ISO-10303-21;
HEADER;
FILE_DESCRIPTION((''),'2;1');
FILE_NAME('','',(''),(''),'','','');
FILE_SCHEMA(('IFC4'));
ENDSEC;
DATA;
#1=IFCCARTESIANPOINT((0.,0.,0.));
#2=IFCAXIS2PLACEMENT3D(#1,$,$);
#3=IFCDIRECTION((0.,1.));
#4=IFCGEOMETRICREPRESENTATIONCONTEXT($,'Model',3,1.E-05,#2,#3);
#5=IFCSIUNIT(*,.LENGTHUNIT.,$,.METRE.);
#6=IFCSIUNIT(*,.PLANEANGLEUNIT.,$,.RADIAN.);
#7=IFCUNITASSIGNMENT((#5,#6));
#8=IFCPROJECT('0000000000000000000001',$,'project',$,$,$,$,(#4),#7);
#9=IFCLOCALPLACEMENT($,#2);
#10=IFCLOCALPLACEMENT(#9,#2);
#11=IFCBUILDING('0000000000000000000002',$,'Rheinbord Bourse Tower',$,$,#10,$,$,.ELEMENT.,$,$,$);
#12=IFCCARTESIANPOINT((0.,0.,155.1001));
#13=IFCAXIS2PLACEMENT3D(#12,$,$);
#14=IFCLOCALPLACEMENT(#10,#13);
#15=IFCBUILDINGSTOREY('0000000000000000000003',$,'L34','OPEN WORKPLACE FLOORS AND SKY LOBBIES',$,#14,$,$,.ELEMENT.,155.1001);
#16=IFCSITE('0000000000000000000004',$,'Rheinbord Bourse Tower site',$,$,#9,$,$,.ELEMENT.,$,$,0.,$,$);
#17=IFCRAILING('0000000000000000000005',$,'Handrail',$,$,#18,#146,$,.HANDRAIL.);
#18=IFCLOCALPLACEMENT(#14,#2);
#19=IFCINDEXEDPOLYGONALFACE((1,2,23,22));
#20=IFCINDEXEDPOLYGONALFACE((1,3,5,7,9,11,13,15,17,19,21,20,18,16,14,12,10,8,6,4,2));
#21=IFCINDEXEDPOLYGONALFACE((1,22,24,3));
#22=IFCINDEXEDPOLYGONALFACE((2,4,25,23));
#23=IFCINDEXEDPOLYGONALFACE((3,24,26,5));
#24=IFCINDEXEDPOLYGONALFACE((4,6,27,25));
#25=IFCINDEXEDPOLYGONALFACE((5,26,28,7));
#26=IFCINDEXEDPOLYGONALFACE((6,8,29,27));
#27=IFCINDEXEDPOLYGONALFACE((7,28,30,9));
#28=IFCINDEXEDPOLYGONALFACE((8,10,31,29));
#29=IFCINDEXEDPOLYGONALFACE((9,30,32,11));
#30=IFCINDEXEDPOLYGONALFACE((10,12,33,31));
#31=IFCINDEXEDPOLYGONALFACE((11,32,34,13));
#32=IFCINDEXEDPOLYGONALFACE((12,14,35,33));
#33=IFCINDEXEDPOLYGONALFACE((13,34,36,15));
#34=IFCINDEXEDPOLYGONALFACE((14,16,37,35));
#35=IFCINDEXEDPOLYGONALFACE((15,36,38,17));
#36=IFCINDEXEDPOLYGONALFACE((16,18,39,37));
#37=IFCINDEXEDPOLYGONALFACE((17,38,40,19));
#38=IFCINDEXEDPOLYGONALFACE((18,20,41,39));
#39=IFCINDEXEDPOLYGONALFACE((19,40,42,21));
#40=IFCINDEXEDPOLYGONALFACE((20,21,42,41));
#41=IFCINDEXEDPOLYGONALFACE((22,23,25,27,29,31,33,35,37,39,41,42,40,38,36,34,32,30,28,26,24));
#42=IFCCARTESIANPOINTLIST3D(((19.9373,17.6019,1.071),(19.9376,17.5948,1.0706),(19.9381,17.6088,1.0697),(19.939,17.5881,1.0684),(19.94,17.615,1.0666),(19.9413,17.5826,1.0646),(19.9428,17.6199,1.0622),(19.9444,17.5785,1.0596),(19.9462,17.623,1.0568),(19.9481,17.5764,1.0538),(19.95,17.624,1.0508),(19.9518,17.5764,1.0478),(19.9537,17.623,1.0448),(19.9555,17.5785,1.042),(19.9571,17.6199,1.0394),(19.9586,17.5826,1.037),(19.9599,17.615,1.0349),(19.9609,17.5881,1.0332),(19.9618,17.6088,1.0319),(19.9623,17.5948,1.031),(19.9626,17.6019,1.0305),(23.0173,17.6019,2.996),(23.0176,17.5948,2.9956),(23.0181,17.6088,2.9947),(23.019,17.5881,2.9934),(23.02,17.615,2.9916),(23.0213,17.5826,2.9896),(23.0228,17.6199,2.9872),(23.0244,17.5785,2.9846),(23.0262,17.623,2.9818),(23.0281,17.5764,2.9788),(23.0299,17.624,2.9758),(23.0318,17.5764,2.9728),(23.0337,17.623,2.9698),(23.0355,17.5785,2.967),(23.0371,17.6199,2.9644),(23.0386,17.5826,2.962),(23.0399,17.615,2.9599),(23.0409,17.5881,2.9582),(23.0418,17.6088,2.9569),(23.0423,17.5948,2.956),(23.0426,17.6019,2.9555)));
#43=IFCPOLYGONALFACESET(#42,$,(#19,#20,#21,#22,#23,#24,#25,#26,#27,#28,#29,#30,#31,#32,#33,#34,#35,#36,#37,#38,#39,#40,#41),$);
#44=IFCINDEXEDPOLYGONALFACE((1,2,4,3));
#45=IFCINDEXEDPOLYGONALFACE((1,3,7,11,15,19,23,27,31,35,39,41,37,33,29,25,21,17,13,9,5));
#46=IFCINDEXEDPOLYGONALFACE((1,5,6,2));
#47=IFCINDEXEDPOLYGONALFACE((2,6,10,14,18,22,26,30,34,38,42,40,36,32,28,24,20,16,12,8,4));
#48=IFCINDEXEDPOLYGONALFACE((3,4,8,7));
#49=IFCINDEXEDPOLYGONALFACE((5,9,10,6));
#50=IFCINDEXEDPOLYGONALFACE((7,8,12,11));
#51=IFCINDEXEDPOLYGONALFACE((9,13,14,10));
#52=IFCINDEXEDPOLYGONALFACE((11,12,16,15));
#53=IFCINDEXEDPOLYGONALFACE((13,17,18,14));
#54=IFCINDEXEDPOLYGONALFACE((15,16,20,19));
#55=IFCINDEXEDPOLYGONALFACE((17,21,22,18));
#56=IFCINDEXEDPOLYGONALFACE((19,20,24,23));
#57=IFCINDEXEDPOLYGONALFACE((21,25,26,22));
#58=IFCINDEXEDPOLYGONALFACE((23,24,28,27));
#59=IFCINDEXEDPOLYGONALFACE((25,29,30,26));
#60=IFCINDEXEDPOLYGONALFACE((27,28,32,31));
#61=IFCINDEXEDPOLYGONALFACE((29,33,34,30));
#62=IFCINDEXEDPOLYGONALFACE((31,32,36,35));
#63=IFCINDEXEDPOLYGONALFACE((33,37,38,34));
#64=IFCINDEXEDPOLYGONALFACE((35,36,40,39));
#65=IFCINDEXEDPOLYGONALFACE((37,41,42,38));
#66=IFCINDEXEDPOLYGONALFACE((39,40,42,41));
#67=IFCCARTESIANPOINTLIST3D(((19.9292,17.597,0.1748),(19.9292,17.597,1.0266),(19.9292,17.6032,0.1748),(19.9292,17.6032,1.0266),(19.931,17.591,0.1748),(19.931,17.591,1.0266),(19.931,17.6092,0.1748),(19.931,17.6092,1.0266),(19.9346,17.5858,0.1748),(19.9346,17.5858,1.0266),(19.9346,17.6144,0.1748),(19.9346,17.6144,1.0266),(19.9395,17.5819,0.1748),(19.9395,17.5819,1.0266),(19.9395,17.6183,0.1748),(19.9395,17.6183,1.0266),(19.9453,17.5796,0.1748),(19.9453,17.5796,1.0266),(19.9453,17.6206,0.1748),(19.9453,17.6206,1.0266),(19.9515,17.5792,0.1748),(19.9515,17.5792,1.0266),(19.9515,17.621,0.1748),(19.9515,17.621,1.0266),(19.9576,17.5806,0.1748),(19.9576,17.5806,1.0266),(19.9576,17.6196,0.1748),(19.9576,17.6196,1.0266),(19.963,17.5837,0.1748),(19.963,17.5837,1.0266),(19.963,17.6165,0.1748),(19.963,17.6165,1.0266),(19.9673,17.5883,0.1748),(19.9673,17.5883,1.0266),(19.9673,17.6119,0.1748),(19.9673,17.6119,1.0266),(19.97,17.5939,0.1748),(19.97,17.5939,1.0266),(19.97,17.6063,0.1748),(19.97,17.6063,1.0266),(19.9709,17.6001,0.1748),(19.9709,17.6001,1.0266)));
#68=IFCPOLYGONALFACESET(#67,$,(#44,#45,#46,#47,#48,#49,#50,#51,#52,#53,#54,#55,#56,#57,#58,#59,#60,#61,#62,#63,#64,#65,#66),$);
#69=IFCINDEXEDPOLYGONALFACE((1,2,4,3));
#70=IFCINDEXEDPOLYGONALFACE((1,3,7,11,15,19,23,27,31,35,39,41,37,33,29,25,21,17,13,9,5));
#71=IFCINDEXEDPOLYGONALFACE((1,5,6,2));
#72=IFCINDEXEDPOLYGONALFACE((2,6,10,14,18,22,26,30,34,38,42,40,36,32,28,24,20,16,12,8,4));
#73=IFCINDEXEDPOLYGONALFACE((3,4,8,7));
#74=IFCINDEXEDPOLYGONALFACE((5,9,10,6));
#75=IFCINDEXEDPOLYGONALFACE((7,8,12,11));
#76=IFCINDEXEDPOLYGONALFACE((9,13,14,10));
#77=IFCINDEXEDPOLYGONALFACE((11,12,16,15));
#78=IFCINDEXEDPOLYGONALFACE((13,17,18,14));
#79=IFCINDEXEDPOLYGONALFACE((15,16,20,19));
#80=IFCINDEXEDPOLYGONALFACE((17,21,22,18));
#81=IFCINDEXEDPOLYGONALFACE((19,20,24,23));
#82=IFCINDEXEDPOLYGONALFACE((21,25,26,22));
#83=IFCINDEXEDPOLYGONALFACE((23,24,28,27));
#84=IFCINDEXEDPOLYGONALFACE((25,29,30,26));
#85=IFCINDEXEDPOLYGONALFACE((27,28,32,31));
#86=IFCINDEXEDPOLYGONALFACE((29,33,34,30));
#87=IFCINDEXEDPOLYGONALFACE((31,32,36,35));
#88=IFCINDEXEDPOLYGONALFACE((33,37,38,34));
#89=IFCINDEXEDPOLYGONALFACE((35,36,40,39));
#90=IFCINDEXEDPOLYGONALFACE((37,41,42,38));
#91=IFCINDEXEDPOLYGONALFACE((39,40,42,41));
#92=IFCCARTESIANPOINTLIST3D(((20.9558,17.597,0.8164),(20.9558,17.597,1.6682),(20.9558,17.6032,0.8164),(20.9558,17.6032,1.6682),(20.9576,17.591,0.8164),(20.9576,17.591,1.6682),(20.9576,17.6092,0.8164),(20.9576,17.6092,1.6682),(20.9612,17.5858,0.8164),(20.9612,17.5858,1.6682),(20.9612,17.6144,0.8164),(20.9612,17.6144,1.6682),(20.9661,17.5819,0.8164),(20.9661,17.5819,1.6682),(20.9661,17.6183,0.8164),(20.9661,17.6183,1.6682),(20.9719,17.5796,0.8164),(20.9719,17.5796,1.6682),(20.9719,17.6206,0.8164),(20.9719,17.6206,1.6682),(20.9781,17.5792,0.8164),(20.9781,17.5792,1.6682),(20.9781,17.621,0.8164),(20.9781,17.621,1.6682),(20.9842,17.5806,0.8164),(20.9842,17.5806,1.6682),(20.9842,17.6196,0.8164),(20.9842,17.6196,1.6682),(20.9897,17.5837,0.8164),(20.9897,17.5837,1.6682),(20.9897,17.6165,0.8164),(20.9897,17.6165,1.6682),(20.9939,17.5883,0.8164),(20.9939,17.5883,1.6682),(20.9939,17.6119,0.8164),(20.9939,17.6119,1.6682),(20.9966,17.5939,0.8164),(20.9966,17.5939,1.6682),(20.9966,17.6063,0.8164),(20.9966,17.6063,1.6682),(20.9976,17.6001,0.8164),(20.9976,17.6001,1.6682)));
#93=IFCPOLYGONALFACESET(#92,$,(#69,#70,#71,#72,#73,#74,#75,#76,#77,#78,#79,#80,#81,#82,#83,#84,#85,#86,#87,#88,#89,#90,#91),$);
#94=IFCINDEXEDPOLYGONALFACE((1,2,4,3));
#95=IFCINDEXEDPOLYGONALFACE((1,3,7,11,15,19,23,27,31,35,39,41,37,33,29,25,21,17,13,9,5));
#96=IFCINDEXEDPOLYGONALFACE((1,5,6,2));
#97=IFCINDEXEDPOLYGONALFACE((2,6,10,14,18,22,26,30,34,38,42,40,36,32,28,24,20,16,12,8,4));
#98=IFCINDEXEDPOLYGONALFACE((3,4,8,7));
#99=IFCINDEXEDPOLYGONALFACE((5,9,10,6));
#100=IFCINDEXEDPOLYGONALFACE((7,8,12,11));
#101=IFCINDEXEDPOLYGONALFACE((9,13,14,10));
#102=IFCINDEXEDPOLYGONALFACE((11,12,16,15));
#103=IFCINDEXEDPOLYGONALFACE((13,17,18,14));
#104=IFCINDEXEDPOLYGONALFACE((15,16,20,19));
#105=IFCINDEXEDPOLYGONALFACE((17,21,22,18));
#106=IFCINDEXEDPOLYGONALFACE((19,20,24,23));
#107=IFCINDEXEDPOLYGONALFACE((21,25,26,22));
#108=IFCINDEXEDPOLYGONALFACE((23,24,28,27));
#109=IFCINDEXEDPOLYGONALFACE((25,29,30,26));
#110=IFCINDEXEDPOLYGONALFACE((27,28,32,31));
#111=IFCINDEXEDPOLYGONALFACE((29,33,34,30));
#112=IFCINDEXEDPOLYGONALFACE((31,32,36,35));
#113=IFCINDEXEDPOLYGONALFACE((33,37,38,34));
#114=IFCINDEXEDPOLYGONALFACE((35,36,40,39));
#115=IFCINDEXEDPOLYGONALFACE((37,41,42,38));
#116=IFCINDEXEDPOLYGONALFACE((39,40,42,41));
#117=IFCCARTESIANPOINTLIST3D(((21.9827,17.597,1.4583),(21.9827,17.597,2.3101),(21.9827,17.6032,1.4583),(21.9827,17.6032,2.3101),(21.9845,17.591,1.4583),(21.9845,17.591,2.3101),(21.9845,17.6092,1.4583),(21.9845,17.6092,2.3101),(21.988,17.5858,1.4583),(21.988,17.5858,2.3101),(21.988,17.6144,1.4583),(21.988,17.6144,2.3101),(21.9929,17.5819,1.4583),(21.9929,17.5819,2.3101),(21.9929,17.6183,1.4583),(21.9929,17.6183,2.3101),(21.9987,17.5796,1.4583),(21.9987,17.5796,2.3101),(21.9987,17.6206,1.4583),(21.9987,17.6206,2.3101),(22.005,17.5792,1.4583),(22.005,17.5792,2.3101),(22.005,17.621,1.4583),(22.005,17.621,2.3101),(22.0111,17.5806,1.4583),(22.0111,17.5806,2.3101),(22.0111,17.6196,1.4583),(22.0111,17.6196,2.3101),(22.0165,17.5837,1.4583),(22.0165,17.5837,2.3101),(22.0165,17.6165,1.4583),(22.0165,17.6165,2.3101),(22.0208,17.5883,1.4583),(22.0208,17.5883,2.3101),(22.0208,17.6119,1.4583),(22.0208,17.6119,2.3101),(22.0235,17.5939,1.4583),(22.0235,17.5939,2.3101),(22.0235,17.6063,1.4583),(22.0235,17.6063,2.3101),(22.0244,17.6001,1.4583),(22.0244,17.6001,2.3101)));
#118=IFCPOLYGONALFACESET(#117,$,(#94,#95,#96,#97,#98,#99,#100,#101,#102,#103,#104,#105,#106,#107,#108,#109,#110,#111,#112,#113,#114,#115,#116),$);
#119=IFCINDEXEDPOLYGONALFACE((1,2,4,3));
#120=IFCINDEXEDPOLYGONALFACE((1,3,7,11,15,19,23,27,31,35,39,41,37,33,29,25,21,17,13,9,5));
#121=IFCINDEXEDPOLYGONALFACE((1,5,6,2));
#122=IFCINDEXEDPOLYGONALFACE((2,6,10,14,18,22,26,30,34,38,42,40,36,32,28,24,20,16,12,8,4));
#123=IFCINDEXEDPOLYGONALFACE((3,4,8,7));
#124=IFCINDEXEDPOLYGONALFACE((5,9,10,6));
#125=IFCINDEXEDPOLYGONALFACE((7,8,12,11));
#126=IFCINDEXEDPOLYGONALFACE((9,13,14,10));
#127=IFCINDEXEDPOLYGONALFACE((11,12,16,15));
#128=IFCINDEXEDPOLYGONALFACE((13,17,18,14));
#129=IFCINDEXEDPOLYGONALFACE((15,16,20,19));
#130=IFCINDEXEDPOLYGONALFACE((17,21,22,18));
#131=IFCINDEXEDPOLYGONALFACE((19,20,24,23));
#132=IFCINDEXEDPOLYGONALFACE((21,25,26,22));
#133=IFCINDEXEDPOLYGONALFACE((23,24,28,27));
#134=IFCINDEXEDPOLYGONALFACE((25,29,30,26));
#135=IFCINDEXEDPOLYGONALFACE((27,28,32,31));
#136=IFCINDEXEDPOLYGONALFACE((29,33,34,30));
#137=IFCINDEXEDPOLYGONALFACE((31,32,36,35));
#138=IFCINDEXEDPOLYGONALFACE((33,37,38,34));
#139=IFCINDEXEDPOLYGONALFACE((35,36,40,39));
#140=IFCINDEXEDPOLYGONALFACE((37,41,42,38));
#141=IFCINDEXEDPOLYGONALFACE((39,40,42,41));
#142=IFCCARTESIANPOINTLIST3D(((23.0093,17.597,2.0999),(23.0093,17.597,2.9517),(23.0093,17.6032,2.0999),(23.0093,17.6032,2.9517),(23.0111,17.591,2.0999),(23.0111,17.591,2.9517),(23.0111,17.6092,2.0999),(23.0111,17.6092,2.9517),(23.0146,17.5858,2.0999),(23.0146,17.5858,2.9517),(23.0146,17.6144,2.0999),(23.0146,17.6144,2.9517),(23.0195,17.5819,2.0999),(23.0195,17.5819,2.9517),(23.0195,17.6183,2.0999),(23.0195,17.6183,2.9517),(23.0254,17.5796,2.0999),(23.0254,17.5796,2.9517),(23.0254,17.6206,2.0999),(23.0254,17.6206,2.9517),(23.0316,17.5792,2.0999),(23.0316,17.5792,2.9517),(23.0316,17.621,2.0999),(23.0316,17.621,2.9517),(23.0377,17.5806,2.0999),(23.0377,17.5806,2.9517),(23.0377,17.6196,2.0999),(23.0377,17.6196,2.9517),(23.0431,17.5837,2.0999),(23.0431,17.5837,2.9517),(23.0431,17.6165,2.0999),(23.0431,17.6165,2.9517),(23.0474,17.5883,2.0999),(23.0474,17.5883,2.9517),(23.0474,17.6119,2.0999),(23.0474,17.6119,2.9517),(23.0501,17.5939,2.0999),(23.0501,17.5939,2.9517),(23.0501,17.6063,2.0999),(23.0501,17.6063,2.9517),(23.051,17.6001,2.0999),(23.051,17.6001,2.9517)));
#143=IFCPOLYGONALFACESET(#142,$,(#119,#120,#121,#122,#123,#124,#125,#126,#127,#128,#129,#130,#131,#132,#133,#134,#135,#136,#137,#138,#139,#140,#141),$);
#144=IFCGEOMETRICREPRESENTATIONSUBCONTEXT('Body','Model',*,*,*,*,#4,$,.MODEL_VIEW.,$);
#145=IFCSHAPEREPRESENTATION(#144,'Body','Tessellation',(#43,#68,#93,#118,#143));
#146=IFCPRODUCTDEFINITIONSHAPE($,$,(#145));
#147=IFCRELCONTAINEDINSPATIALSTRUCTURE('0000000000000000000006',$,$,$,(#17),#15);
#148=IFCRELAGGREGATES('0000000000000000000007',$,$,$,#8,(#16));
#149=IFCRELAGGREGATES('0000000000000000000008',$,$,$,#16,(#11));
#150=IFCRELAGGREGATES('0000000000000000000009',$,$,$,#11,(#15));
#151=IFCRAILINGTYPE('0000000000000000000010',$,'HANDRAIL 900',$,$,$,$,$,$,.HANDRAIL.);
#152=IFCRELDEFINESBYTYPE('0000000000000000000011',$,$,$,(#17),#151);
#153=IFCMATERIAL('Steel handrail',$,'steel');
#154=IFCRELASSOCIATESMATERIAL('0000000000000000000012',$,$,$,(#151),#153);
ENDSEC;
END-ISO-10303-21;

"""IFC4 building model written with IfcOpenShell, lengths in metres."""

from ifc_helpers import new_model, si_unit, direction, frame, origin, origin_2d, place, context, subcontext, project, spatial, circle, extrude, material, type_object, element, save


model = new_model("IFC4")

# Units and contexts
model_context = context("Model", 3, precision=1e-05, world=origin(), true_north=direction((0.0, 1.0)))
body_context = subcontext(model_context, "Body", "Model", "MODEL_VIEW")
ifc_project = project(units=[si_unit("LENGTHUNIT", "METRE"), si_unit("PLANEANGLEUNIT", "RADIAN")], contexts=[model_context])

# Site, building, storey
site_placement = place(None, origin())
site = spatial("IfcSite", under=ifc_project, at=site_placement, Name="Rheinbord Bourse Tower site", CompositionType="ELEMENT", RefElevation=0.0)
building_placement = place(site_placement, origin())
building = spatial("IfcBuilding", under=site, at=building_placement, Name="Rheinbord Bourse Tower", CompositionType="ELEMENT")
storey_placement = place(building_placement, frame((0.0, 0.0, 155.1001)))
storey = spatial("IfcBuildingStorey", under=building, at=storey_placement, Name="L34", Description="OPEN WORKPLACE FLOORS AND SKY LOBBIES", CompositionType="ELEMENT", Elevation=155.1001)

# Railing
ifc_material_1 = material(Name="Steel handrail", Category="steel")
railing_type = type_object("IfcRailingType", Name="HANDRAIL 900", PredefinedType="HANDRAIL", material=ifc_material_1)
railing_1_placement = place(storey_placement, frame((19.95, 17.6001, 0.1748)))
element("IfcRailing", 1, at=railing_1_placement, inside=storey, type_object=railing_type, Name="Handrail", PredefinedType="HANDRAIL", context=body_context, shape_type="SweptSolid", body=[
    extrude(circle(Radius=0.0239, at=origin_2d()), frame((0.0, 0.0, 0.876), z_axis=(0.847998, 0.0, 0.529999), x_axis=(0.0, 1.0, 0.0)), (0.0, 0.0, 1.0), 3.6321),
    extrude(circle(Radius=0.021, at=origin_2d()), origin(), (0.0, 0.0, 1.0), 0.8518),
    extrude(circle(Radius=0.021, at=origin_2d()), frame((1.0266, 0.0, 0.6416)), (0.0, 0.0, 1.0), 0.8518),
    extrude(circle(Radius=0.021, at=origin_2d()), frame((2.0535, 0.0, 1.2834)), (0.0, 0.0, 1.0), 0.8518),
    extrude(circle(Radius=0.021, at=origin_2d()), frame((3.0801, 0.0, 1.925)), (0.0, 0.0, 1.0), 0.8518),
])

save(model, "model.ifc")
